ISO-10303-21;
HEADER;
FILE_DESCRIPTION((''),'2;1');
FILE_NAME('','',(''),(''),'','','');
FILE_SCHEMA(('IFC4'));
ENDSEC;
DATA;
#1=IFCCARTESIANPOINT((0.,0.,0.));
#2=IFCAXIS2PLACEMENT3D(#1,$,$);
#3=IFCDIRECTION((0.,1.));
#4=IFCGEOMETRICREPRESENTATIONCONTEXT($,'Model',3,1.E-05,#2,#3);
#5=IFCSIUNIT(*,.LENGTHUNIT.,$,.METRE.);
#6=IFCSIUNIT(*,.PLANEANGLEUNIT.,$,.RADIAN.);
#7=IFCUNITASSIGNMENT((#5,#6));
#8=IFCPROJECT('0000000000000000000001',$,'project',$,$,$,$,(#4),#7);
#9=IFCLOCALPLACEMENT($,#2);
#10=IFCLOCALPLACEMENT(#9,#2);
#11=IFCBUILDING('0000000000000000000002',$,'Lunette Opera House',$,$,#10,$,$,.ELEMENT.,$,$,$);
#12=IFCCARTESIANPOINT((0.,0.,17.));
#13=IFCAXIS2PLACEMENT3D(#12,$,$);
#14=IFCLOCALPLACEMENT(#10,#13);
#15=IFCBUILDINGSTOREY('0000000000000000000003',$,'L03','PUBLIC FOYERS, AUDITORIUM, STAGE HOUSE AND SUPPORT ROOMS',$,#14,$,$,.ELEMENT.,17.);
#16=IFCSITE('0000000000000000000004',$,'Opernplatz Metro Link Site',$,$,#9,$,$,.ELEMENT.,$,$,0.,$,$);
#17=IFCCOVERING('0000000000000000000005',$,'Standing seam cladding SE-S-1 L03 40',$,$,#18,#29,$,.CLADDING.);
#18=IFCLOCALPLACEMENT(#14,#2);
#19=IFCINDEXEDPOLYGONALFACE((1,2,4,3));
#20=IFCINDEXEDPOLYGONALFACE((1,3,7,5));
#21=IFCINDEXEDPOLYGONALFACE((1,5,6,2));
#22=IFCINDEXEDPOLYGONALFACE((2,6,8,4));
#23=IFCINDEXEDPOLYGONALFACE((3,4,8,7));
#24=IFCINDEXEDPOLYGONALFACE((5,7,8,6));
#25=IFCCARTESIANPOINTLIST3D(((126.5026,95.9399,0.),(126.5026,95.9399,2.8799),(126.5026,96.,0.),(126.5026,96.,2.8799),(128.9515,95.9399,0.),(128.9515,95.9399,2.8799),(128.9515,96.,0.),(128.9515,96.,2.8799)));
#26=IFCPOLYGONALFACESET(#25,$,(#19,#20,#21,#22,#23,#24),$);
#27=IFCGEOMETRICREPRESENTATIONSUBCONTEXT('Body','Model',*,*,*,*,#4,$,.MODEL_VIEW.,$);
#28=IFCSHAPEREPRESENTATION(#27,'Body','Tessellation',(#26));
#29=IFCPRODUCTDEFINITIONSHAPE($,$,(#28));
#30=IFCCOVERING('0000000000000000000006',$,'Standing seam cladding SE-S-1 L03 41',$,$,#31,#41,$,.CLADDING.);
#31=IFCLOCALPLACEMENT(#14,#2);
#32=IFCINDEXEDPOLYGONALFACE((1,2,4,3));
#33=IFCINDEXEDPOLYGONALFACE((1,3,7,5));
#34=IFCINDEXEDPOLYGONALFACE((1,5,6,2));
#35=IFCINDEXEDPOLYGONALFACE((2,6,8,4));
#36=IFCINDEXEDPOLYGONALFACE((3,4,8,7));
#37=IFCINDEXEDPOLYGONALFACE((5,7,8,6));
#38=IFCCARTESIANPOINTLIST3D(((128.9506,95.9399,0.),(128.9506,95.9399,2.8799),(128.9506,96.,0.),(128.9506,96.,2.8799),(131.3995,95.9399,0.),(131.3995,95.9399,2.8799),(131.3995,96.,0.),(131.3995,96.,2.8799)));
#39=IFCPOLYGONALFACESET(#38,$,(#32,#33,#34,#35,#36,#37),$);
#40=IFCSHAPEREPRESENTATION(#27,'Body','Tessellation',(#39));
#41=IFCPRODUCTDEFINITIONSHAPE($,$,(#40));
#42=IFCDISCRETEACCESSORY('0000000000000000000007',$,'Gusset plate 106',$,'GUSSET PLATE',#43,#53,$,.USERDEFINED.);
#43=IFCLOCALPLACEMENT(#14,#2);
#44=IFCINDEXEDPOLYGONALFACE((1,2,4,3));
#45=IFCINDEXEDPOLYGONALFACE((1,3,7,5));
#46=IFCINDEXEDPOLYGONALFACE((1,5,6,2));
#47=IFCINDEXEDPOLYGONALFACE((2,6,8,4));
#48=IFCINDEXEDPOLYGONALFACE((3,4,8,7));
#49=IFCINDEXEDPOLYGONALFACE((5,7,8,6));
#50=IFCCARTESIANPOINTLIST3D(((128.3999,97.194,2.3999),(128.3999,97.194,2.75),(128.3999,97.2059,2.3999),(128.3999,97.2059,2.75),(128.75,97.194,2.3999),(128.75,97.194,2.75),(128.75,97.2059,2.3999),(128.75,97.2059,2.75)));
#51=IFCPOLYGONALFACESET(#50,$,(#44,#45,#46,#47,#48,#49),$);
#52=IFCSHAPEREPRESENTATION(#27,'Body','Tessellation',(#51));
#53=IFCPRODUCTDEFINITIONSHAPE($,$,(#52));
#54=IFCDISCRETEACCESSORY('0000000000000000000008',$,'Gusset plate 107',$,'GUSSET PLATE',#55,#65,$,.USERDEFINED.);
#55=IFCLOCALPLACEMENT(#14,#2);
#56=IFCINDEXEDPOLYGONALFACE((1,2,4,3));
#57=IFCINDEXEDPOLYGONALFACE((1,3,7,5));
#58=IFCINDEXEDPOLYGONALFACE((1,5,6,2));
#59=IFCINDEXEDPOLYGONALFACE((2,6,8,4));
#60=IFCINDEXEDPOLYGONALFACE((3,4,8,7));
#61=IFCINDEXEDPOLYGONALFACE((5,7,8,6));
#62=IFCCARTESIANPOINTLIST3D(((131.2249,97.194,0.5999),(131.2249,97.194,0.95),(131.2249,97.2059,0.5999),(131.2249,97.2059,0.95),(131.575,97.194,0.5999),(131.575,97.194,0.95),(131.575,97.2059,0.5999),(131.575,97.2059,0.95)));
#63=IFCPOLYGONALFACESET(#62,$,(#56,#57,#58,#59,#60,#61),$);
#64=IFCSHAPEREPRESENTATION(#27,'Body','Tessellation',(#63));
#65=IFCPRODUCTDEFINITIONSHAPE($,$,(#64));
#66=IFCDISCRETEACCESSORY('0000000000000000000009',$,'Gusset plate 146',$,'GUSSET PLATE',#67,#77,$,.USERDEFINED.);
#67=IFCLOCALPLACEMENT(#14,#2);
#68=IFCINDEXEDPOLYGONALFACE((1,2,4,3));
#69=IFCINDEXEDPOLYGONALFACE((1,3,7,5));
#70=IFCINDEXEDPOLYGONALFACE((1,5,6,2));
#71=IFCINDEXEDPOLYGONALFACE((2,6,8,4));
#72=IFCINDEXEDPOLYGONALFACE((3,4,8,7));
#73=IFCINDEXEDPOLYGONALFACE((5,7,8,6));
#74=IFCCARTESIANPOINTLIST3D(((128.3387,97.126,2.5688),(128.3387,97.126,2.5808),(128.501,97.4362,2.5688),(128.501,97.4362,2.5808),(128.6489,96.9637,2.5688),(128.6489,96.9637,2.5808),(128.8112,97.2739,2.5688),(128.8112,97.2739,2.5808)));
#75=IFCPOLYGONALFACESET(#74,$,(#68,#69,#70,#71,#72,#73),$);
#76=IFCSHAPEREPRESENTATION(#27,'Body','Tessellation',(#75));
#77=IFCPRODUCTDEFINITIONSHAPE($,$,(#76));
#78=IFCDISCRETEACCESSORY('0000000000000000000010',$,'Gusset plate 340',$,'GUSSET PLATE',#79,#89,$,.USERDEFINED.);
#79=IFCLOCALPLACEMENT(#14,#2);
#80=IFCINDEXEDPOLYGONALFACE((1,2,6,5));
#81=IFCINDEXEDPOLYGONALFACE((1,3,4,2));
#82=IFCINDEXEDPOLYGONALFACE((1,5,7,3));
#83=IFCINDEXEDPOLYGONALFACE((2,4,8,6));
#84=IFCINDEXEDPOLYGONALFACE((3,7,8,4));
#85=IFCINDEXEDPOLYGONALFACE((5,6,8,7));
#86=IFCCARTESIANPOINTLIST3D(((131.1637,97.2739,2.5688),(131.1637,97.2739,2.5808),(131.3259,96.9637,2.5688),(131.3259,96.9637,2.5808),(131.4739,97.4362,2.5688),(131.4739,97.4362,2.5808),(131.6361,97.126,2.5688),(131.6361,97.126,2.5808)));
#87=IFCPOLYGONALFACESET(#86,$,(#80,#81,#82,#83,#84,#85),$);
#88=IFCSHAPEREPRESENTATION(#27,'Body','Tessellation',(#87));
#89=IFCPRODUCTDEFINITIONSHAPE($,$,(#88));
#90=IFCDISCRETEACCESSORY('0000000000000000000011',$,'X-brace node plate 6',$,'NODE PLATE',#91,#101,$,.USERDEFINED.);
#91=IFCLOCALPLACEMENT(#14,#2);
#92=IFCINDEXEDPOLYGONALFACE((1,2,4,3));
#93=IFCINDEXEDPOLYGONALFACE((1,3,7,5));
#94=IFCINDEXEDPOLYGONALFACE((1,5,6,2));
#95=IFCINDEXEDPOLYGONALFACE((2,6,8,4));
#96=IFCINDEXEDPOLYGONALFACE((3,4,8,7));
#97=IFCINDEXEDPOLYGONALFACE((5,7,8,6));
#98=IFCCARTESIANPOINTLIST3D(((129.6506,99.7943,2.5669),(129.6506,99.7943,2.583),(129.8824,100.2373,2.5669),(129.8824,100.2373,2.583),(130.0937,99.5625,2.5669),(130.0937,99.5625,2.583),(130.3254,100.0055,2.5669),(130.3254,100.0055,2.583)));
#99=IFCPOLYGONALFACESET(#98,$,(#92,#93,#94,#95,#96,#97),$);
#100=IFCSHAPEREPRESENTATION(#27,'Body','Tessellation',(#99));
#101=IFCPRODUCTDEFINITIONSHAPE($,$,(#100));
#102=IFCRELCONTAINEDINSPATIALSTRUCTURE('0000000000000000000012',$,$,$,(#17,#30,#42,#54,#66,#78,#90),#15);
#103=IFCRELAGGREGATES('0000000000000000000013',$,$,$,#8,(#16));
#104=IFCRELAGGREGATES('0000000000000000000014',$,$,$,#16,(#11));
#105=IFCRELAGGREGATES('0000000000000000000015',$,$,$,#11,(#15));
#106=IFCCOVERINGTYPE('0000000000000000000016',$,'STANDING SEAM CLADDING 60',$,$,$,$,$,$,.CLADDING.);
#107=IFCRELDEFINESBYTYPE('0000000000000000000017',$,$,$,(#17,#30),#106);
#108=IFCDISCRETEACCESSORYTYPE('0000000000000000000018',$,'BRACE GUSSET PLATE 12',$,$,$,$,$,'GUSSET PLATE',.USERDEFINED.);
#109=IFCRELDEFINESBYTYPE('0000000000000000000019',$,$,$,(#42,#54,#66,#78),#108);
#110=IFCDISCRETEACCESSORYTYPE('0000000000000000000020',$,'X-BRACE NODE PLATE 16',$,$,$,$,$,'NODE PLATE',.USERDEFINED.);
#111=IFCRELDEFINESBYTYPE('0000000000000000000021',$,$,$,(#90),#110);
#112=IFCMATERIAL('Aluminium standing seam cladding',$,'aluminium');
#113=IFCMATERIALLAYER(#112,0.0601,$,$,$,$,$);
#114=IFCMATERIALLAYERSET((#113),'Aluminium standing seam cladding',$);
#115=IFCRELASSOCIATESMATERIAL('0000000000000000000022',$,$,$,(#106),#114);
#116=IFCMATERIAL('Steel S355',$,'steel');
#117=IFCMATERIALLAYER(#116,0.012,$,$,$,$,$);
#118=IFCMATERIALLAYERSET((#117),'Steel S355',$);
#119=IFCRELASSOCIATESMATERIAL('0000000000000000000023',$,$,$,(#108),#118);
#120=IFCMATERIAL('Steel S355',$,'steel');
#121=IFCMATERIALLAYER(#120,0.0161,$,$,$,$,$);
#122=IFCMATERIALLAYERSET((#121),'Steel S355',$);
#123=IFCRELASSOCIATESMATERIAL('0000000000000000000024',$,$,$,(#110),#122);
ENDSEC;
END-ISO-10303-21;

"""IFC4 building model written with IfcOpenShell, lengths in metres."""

from ifc_helpers import new_model, si_unit, direction, frame, origin, origin_2d, place, context, subcontext, project, spatial, rectangle, extrude, material, layer, layer_set, type_object, element, save


model = new_model("IFC4")

# Units and contexts
model_context = context("Model", 3, precision=1e-05, world=origin(), true_north=direction((0.0, 1.0)))
body_context = subcontext(model_context, "Body", "Model", "MODEL_VIEW")
ifc_project = project(units=[si_unit("LENGTHUNIT", "METRE"), si_unit("PLANEANGLEUNIT", "RADIAN")], contexts=[model_context])

# Site, building, storey
site_placement = place(None, origin())
site = spatial("IfcSite", under=ifc_project, at=site_placement, Name="Opernplatz Metro Link Site", CompositionType="ELEMENT", RefElevation=0.0)
building_placement = place(site_placement, origin())
building = spatial("IfcBuilding", under=site, at=building_placement, Name="Lunette Opera House", CompositionType="ELEMENT")
storey_placement = place(building_placement, frame((0.0, 0.0, 17.0)))
storey = spatial("IfcBuildingStorey", under=building, at=storey_placement, Name="L03", Description="PUBLIC FOYERS, AUDITORIUM, STAGE HOUSE AND SUPPORT ROOMS", CompositionType="ELEMENT", Elevation=17.0)

# Coverings
ifc_material_1 = material(Name="Aluminium standing seam cladding", Category="aluminium")
ifc_layer_1 = layer(ifc_material_1, 0.0601)
ifc_layer_set_1 = layer_set([ifc_layer_1], Name="Aluminium standing seam cladding")
covering_type_1 = type_object("IfcCoveringType", Name="STANDING SEAM CLADDING 60", PredefinedType="CLADDING", material=ifc_layer_set_1)
for number, where, z_axis, x_axis, name in (
    (1, (127.7271, 95.97, 0.0), (0.0, 0.0, 1.0), (1.0, 0.0, 0.0), "Standing seam cladding SE-S-1 L03 40"),
    (2, (130.175, 95.97, 0.0), (0.0, 0.0, 1.0), (1.0, 0.0, 0.0), "Standing seam cladding SE-S-1 L03 41"),
):
    element("IfcCovering", number, at=place(storey_placement, frame(where, z_axis=z_axis, x_axis=x_axis)), inside=storey, type_object=covering_type_1, Name=name, PredefinedType="CLADDING", context=body_context, shape_type="SweptSolid", body=[
        extrude(rectangle(XDim=2.449, YDim=0.0601, at=origin_2d()), origin(), (0.0, 0.0, 1.0), 2.8799),
    ])

# Discrete accessories
ifc_material_2 = material(Name="Steel S355", Category="steel")
ifc_layer_2 = layer(ifc_material_2, 0.012)
ifc_layer_set_2 = layer_set([ifc_layer_2], Name="Steel S355")
discrete_accessory_type_1 = type_object("IfcDiscreteAccessoryType", Name="BRACE GUSSET PLATE 12", ElementType="GUSSET PLATE", PredefinedType="USERDEFINED", material=ifc_layer_set_2)
for number, where, z_axis, x_axis, name in (
    (3, (128.575, 97.2, 2.3999), (0.0, 0.0, 1.0), (1.0, 0.0, 0.0), "Gusset plate 106"),
    (4, (131.3999, 97.2, 0.5999), (0.0, 0.0, 1.0), (1.0, 0.0, 0.0), "Gusset plate 107"),
):
    element("IfcDiscreteAccessory", number, at=place(storey_placement, frame(where, z_axis=z_axis, x_axis=x_axis)), inside=storey, type_object=discrete_accessory_type_1, Name=name, ObjectType="GUSSET PLATE", PredefinedType="USERDEFINED", context=body_context, shape_type="SweptSolid", body=[
        extrude(rectangle(XDim=0.3501, YDim=0.012, at=origin_2d()), origin(), (0.0, 0.0, 1.0), 0.3501),
    ])
for number, where, z_axis, x_axis, name in (
    (5, (128.575, 97.2, 2.5688), (0.0, 0.0, 1.0), (0.463547, 0.886073, 0.0), "Gusset plate 146"),
    (6, (131.3999, 97.2, 2.5688), (0.0, 0.0, 1.0), (-0.463418, 0.88614, 0.0), "Gusset plate 340"),
):
    element("IfcDiscreteAccessory", number, at=place(storey_placement, frame(where, z_axis=z_axis, x_axis=x_axis)), inside=storey, type_object=discrete_accessory_type_1, Name=name, ObjectType="GUSSET PLATE", PredefinedType="USERDEFINED", context=body_context, shape_type="SweptSolid", body=[
        extrude(rectangle(XDim=0.3501, YDim=0.3501, at=origin_2d()), origin(), (0.0, 0.0, 1.0), 0.012),
    ])
ifc_material_3 = material(Name="Steel S355", Category="steel")
ifc_layer_3 = layer(ifc_material_3, 0.0161)
ifc_layer_set_3 = layer_set([ifc_layer_3], Name="Steel S355")
discrete_accessory_type_2 = type_object("IfcDiscreteAccessoryType", Name="X-BRACE NODE PLATE 16", ElementType="NODE PLATE", PredefinedType="USERDEFINED", material=ifc_layer_set_3)
discrete_accessory_placement = place(storey_placement, frame((129.988, 99.8999, 2.5669), z_axis=(0.0, 0.0, 1.0), x_axis=(0.463547, 0.886073, 0.0)))
element("IfcDiscreteAccessory", 7, at=discrete_accessory_placement, inside=storey, type_object=discrete_accessory_type_2, Name="X-brace node plate 6", ObjectType="NODE PLATE", PredefinedType="USERDEFINED", context=body_context, shape_type="SweptSolid", body=[
    extrude(rectangle(XDim=0.5, YDim=0.5, at=origin_2d()), origin(), (0.0, 0.0, 1.0), 0.0161),
])

save(model, "model.ifc")
